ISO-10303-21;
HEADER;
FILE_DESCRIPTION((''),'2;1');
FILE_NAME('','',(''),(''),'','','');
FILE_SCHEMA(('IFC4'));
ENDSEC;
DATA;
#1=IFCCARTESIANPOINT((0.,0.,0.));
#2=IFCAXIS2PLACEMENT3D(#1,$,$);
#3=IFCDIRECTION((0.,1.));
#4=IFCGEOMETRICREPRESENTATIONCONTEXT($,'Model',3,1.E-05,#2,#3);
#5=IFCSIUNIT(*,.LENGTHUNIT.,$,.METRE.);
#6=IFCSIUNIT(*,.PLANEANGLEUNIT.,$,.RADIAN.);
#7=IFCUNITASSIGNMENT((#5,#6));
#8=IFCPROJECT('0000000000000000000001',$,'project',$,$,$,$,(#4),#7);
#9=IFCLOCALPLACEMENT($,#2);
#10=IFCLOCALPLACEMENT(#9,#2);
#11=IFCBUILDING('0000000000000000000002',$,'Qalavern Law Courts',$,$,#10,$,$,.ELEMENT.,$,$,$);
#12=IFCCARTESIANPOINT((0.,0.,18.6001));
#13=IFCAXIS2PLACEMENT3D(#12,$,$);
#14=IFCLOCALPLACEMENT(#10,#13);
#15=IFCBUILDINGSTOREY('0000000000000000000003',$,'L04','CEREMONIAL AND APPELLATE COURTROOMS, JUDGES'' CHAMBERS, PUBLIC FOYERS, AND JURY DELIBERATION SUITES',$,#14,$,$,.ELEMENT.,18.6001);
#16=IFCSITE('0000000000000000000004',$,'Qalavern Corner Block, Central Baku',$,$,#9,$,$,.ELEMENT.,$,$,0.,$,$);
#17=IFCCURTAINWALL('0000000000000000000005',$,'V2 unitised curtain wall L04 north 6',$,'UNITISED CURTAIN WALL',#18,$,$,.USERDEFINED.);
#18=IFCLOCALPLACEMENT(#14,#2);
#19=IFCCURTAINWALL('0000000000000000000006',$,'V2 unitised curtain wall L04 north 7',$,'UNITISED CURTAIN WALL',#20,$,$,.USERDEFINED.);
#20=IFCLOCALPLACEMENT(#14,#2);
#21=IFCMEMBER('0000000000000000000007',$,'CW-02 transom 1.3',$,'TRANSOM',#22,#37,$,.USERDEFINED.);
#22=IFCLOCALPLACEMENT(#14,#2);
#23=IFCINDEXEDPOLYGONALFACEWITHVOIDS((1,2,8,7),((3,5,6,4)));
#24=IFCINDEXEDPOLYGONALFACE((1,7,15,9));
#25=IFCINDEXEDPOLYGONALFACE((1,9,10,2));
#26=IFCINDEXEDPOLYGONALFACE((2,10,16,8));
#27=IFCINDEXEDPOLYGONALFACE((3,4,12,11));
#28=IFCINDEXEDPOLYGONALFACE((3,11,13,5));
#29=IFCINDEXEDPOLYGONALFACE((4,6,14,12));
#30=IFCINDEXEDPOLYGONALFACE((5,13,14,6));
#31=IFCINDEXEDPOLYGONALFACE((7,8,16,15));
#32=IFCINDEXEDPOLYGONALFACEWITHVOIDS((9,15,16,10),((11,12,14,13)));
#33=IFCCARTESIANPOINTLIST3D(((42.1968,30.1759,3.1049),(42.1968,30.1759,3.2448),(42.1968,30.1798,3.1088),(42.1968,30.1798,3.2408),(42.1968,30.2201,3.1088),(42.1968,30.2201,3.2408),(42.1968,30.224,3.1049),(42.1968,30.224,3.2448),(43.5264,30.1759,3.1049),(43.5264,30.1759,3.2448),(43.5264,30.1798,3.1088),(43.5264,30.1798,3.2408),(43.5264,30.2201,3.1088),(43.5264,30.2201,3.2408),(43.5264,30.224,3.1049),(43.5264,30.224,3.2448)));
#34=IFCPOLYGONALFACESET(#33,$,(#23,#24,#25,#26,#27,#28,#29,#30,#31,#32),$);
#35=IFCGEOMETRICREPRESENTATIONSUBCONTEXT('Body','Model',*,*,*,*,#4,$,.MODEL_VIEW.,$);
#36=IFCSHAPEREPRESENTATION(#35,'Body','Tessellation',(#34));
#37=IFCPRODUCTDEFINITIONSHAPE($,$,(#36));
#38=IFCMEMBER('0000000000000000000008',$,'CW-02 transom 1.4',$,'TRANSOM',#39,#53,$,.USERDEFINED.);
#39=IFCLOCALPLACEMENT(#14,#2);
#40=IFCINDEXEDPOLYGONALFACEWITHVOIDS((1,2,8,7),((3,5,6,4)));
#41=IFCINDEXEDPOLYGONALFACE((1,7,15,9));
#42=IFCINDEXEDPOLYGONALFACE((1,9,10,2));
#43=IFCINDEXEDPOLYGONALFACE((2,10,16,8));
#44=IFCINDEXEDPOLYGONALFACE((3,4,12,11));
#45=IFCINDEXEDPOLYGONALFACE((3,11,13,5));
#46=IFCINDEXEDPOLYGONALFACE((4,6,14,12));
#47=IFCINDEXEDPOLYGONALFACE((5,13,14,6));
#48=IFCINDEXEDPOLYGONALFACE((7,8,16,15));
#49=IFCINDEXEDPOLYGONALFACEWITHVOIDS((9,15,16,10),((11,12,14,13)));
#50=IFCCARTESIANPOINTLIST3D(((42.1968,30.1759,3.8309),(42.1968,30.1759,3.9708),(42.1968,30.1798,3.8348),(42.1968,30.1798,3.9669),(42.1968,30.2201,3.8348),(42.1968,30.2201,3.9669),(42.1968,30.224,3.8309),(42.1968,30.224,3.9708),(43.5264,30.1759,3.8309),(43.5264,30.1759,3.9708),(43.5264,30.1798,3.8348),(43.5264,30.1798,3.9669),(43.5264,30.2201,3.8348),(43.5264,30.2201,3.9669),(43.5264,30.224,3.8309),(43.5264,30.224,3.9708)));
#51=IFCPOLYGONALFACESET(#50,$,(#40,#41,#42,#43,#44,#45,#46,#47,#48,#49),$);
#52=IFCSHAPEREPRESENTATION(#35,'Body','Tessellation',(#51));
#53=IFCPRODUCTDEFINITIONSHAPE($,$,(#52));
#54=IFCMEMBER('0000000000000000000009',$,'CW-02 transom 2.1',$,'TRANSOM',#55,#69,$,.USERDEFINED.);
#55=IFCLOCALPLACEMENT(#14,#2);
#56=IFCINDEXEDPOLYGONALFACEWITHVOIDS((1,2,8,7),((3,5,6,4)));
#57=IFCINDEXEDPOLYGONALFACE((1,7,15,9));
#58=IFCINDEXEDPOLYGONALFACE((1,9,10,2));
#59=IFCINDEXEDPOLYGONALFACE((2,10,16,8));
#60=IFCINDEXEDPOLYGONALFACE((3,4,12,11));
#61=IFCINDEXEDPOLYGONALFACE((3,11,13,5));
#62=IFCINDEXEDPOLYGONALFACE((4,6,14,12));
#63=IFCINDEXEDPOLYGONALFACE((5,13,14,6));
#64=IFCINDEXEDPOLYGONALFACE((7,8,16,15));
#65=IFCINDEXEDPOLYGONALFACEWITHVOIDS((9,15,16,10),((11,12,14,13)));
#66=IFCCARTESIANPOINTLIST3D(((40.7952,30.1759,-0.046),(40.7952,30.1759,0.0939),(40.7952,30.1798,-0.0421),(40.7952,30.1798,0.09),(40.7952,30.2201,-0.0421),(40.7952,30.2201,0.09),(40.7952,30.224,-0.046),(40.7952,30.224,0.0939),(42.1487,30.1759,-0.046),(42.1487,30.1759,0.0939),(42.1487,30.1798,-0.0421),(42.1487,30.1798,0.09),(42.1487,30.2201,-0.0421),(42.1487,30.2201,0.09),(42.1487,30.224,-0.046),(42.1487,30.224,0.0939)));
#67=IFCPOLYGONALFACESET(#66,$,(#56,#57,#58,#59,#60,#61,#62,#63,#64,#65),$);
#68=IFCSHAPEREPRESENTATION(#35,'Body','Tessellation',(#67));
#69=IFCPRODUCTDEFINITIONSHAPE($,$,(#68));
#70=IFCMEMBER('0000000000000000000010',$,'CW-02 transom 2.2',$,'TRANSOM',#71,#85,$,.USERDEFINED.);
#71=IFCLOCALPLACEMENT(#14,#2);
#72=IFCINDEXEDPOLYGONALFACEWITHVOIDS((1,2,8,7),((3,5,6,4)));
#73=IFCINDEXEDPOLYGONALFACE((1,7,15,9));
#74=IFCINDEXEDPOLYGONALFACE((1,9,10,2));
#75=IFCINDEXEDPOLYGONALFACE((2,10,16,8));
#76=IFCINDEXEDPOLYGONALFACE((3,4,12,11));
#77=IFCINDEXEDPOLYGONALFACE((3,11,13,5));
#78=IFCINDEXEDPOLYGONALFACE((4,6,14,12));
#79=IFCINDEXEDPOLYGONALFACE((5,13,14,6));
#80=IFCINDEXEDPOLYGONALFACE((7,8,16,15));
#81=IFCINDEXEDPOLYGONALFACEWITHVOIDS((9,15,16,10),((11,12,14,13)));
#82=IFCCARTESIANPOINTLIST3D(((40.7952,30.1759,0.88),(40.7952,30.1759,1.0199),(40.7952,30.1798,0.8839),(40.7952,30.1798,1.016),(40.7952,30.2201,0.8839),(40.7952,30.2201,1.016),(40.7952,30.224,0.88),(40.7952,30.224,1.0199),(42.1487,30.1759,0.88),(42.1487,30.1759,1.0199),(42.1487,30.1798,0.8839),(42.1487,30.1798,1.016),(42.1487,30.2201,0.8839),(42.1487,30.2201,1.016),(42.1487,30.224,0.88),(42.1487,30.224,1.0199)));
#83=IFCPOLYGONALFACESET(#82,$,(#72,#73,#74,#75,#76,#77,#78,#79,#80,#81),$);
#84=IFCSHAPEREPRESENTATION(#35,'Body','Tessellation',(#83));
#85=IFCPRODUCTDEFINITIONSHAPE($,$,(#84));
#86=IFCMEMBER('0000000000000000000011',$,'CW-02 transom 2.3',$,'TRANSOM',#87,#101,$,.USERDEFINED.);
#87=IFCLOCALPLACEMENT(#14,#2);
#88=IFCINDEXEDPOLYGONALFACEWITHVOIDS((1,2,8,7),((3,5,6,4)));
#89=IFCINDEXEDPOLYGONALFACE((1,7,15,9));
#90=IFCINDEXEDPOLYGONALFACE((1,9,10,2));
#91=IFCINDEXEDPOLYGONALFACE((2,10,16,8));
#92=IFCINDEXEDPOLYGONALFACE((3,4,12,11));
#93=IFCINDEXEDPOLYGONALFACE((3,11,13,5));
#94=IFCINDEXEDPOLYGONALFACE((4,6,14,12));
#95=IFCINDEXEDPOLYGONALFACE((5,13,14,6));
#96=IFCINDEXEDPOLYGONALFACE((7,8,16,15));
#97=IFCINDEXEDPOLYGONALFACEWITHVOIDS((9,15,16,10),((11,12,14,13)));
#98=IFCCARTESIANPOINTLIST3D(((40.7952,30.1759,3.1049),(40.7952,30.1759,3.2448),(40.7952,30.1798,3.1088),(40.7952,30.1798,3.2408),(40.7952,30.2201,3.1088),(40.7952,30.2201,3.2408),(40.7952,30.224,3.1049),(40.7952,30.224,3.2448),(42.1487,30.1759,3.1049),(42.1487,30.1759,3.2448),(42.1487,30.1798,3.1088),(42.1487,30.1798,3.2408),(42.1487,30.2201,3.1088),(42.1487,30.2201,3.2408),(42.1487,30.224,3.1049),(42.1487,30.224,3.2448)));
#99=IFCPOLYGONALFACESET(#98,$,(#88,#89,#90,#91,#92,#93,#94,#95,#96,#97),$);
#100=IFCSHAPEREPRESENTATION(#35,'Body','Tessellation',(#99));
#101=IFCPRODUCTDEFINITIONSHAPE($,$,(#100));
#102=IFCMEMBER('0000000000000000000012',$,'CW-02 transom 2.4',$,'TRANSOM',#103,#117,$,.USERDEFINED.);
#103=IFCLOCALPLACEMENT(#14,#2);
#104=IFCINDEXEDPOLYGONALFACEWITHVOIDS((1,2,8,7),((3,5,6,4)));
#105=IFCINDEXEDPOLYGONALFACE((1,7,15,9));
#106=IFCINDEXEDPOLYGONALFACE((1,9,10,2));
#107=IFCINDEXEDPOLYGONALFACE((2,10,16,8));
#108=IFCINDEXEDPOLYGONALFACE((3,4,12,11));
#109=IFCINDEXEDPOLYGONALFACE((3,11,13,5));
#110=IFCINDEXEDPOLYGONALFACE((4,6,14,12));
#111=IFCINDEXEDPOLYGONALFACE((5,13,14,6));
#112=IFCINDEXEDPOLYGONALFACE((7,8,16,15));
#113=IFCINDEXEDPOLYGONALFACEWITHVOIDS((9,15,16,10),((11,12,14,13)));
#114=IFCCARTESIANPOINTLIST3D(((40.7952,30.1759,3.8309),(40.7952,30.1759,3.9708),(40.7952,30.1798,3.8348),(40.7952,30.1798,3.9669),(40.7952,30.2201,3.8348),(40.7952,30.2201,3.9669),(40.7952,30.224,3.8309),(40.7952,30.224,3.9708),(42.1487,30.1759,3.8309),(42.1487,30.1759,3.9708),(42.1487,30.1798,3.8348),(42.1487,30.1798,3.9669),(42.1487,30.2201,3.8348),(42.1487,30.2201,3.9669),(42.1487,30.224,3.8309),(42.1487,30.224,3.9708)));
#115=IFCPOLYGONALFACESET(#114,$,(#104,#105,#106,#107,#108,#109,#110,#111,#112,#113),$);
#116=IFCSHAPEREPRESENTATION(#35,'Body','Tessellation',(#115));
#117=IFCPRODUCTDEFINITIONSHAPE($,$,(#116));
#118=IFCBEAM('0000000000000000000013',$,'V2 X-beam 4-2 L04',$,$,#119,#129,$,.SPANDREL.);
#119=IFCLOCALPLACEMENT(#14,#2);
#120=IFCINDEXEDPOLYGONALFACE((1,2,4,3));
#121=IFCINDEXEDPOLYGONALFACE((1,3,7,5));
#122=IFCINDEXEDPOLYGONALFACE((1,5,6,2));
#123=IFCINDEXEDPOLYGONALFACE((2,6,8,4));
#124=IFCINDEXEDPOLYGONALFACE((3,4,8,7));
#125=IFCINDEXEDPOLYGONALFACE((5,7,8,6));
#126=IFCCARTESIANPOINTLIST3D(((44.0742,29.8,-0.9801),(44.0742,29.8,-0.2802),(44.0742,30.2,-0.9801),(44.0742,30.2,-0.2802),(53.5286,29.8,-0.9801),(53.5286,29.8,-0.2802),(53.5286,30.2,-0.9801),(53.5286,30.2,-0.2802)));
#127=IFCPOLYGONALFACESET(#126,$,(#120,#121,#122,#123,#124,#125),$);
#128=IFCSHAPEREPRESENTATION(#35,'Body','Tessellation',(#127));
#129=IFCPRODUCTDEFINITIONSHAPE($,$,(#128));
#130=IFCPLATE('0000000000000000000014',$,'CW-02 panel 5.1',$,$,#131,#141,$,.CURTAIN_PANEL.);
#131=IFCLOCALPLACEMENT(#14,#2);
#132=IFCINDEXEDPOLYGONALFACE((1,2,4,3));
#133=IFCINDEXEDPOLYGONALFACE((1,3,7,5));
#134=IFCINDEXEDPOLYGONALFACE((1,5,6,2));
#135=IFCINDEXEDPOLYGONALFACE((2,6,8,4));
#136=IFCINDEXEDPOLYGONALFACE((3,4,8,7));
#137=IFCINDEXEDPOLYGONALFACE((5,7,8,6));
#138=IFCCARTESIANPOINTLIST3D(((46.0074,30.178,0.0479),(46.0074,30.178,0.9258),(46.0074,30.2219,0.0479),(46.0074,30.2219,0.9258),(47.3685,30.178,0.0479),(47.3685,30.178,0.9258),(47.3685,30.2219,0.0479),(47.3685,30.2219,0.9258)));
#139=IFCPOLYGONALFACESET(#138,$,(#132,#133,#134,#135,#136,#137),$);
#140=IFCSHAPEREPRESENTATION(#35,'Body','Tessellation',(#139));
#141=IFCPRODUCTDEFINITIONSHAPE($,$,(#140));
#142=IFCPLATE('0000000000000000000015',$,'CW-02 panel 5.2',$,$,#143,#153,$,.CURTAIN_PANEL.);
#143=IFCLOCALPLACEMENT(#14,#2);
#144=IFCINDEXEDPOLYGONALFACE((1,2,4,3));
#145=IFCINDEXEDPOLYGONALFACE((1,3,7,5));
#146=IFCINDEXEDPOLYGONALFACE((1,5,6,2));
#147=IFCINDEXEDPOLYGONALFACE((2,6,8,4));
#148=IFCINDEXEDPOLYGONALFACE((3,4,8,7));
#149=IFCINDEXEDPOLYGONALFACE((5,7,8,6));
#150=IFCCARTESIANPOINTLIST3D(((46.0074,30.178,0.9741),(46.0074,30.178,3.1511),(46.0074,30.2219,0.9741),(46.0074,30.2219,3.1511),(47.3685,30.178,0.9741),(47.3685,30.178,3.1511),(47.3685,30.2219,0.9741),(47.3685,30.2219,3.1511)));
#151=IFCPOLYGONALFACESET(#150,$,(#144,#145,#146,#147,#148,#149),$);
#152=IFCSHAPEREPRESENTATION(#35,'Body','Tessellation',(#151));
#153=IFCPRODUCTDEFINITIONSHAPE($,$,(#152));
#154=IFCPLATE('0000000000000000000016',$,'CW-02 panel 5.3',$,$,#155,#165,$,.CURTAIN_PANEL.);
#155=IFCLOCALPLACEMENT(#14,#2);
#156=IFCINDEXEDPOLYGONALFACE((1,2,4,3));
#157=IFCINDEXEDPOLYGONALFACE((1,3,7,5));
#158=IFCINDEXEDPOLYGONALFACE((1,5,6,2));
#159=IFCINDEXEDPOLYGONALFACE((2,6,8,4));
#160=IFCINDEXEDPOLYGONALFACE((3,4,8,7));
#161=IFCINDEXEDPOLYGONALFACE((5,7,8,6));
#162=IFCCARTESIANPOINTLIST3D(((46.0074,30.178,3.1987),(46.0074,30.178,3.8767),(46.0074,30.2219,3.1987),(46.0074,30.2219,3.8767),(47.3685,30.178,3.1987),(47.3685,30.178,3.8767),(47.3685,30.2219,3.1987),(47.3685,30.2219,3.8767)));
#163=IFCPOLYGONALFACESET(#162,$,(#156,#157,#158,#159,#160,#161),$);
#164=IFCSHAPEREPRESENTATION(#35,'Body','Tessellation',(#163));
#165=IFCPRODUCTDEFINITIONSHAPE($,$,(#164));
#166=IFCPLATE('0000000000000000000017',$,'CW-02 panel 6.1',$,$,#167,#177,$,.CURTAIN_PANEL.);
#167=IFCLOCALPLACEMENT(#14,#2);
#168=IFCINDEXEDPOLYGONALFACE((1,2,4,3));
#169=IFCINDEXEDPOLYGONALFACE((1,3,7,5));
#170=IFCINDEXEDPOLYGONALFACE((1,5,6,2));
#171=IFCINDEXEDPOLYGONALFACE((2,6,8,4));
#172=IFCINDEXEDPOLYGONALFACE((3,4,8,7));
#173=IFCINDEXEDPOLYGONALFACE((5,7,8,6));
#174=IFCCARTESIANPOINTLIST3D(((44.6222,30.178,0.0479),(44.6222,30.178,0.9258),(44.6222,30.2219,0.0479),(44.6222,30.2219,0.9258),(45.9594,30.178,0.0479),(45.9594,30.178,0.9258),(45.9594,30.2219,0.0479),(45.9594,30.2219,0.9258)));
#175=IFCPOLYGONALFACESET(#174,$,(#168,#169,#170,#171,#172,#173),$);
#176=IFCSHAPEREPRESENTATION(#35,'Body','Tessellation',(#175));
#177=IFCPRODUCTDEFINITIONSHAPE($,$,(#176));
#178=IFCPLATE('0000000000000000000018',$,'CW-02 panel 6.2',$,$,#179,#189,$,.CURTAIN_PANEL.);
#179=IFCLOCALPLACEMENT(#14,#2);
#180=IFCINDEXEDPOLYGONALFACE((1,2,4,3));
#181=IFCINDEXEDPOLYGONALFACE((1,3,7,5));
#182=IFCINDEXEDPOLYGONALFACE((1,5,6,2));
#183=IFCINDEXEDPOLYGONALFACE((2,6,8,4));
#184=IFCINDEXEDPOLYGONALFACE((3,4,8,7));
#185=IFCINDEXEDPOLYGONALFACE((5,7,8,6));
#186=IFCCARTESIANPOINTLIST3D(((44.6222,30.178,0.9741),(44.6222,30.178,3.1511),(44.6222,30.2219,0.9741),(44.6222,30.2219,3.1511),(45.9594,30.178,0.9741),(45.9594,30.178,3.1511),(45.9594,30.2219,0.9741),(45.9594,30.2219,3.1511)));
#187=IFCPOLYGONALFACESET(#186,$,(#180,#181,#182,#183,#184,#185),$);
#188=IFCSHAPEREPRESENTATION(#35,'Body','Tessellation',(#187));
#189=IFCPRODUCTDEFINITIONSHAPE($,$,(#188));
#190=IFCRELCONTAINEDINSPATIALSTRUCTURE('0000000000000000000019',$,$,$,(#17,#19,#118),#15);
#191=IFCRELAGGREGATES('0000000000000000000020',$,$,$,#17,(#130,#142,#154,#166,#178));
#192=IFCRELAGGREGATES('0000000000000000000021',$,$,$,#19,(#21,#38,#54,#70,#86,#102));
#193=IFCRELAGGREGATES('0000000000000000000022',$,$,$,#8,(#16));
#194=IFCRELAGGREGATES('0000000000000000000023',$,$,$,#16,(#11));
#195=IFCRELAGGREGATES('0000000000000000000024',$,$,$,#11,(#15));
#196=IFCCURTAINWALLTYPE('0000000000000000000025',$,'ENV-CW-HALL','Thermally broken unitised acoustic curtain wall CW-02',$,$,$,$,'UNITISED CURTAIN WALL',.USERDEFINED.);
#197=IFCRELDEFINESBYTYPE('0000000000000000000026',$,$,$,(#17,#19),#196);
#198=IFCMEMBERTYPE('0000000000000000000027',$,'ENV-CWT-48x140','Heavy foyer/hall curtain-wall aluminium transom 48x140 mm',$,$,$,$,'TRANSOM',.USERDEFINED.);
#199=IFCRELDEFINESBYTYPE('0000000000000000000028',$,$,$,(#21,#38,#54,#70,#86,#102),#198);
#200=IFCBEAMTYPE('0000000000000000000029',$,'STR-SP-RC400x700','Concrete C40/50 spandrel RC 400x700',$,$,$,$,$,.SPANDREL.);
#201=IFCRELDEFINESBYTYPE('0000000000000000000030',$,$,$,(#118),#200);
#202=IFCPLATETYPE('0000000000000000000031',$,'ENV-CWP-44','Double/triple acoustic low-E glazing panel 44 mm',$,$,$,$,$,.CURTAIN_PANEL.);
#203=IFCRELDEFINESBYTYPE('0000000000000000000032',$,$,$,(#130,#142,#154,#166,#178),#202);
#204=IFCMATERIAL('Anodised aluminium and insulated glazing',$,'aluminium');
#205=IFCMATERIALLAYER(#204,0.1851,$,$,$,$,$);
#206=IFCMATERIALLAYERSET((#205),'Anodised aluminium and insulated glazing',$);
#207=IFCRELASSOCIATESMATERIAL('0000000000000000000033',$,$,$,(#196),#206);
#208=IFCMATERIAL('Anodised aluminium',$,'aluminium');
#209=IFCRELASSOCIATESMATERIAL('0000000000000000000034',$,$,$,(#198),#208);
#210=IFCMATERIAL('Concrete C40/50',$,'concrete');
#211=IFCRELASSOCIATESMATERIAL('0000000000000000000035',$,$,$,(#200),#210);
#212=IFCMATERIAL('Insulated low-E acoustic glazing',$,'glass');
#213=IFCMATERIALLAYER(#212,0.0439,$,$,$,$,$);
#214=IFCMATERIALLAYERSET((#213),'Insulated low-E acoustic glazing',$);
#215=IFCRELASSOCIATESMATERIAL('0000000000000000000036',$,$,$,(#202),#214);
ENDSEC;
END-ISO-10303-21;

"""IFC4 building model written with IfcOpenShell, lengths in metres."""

from ifc_helpers import new_model, si_unit, direction, frame, origin, origin_2d, place, context, subcontext, project, spatial, rectangle, hollow_rectangle, extrude, material, layer, layer_set, material_profile, profile_set, type_object, element, aggregate, save


model = new_model("IFC4")

# Units and contexts
model_context = context("Model", 3, precision=1e-05, world=origin(), true_north=direction((0.0, 1.0)))
body_context = subcontext(model_context, "Body", "Model", "MODEL_VIEW")
ifc_project = project(units=[si_unit("LENGTHUNIT", "METRE"), si_unit("PLANEANGLEUNIT", "RADIAN")], contexts=[model_context])

# Site, building, storey
site_placement = place(None, origin())
site = spatial("IfcSite", under=ifc_project, at=site_placement, Name="Qalavern Corner Block, Central Baku", CompositionType="ELEMENT", RefElevation=0.0)
building_placement = place(site_placement, origin())
building = spatial("IfcBuilding", under=site, at=building_placement, Name="Qalavern Law Courts", CompositionType="ELEMENT")
storey_placement = place(building_placement, frame((0.0, 0.0, 18.6001)))
storey = spatial("IfcBuildingStorey", under=building, at=storey_placement, Name="L04", Description="CEREMONIAL AND APPELLATE COURTROOMS, JUDGES' CHAMBERS, PUBLIC FOYERS, AND JURY DELIBERATION SUITES", CompositionType="ELEMENT", Elevation=18.6001)

# Curtain walls
ifc_material_1 = material(Name="Anodised aluminium and insulated glazing", Category="aluminium")
ifc_layer_1 = layer(ifc_material_1, 0.1851)
ifc_layer_set_1 = layer_set([ifc_layer_1], Name="Anodised aluminium and insulated glazing")
curtain_wall_type = type_object("IfcCurtainWallType", Name="ENV-CW-HALL", Description="Thermally broken unitised acoustic curtain wall CW-02", ElementType="UNITISED CURTAIN WALL", PredefinedType="USERDEFINED", material=ifc_layer_set_1)
curtain_wall_1_placement = place(storey_placement, origin())
curtain_wall_1 = element("IfcCurtainWall", 1, at=curtain_wall_1_placement, inside=storey, type_object=curtain_wall_type, Name="V2 unitised curtain wall L04 north 6", ObjectType="UNITISED CURTAIN WALL", PredefinedType="USERDEFINED")
ifc_material_2 = material(Name="Anodised aluminium", Category="aluminium")
curtain_wall_2_placement = place(storey_placement, origin())
curtain_wall_2 = element("IfcCurtainWall", 2, at=curtain_wall_2_placement, inside=storey, type_object=curtain_wall_type, Name="V2 unitised curtain wall L04 north 7", ObjectType="UNITISED CURTAIN WALL", PredefinedType="USERDEFINED")

# Members
ifc_material_profile_1 = material_profile(ifc_material_2, hollow_rectangle(XDim=0.0481, YDim=0.1399, WallThickness=0.0039, at=origin_2d()), Name="ALU TRANSOM 48x140")
ifc_profile_set_1 = profile_set([ifc_material_profile_1], Name="Anodised aluminium")
member_type_1 = type_object("IfcMemberType", Name="ENV-CWT-48x140", Description="Heavy foyer/hall curtain-wall aluminium transom 48x140 mm", ElementType="TRANSOM", PredefinedType="USERDEFINED", material=ifc_profile_set_1)
member_1_placement = place(storey_placement, frame((43.5264, 30.2, 3.1748), z_axis=(-1.0, 0.0, 0.0), x_axis=(0.0, -1.0, 0.0)))
member_1 = element("IfcMember", 3, at=member_1_placement, type_object=member_type_1, Name="CW-02 transom 1.3", ObjectType="TRANSOM", PredefinedType="USERDEFINED", context=body_context, shape_type="SweptSolid", body=[
    extrude(hollow_rectangle(XDim=0.0481, YDim=0.1399, WallThickness=0.0039, at=origin_2d()), origin(), (0.0, 0.0, 1.0), 1.3296),
])
member_2_placement = place(storey_placement, frame((43.5264, 30.2, 3.9009), z_axis=(-1.0, 0.0, 0.0), x_axis=(0.0, -1.0, 0.0)))
member_2 = element("IfcMember", 4, at=member_2_placement, type_object=member_type_1, Name="CW-02 transom 1.4", ObjectType="TRANSOM", PredefinedType="USERDEFINED", context=body_context, shape_type="SweptSolid", body=[
    extrude(hollow_rectangle(XDim=0.0481, YDim=0.1399, WallThickness=0.0039, at=origin_2d()), origin(), (0.0, 0.0, 1.0), 1.3296),
])
member_3_placement = place(storey_placement, frame((42.1487, 30.2, 0.0239), z_axis=(-1.0, 0.0, 0.0), x_axis=(0.0, -1.0, 0.0)))
member_3 = element("IfcMember", 5, at=member_3_placement, type_object=member_type_1, Name="CW-02 transom 2.1", ObjectType="TRANSOM", PredefinedType="USERDEFINED", context=body_context, shape_type="SweptSolid", body=[
    extrude(hollow_rectangle(XDim=0.0481, YDim=0.1399, WallThickness=0.0039, at=origin_2d()), origin(), (0.0, 0.0, 1.0), 1.3535),
])
member_4_placement = place(storey_placement, frame((42.1487, 30.2, 0.95), z_axis=(-1.0, 0.0, 0.0), x_axis=(0.0, -1.0, 0.0)))
member_4 = element("IfcMember", 6, at=member_4_placement, type_object=member_type_1, Name="CW-02 transom 2.2", ObjectType="TRANSOM", PredefinedType="USERDEFINED", context=body_context, shape_type="SweptSolid", body=[
    extrude(hollow_rectangle(XDim=0.0481, YDim=0.1399, WallThickness=0.0039, at=origin_2d()), origin(), (0.0, 0.0, 1.0), 1.3535),
])
member_5_placement = place(storey_placement, frame((42.1487, 30.2, 3.1748), z_axis=(-1.0, 0.0, 0.0), x_axis=(0.0, -1.0, 0.0)))
member_5 = element("IfcMember", 7, at=member_5_placement, type_object=member_type_1, Name="CW-02 transom 2.3", ObjectType="TRANSOM", PredefinedType="USERDEFINED", context=body_context, shape_type="SweptSolid", body=[
    extrude(hollow_rectangle(XDim=0.0481, YDim=0.1399, WallThickness=0.0039, at=origin_2d()), origin(), (0.0, 0.0, 1.0), 1.3535),
])
member_6_placement = place(storey_placement, frame((42.1487, 30.2, 3.9009), z_axis=(-1.0, 0.0, 0.0), x_axis=(0.0, -1.0, 0.0)))
member_6 = element("IfcMember", 8, at=member_6_placement, type_object=member_type_1, Name="CW-02 transom 2.4", ObjectType="TRANSOM", PredefinedType="USERDEFINED", context=body_context, shape_type="SweptSolid", body=[
    extrude(hollow_rectangle(XDim=0.0481, YDim=0.1399, WallThickness=0.0039, at=origin_2d()), origin(), (0.0, 0.0, 1.0), 1.3535),
])

# Beam
ifc_material_3 = material(Name="Concrete C40/50", Category="concrete")
ifc_material_profile_2 = material_profile(ifc_material_3, rectangle(XDim=0.3999, YDim=0.7, at=origin_2d()), Name="RC 400x700")
ifc_profile_set_2 = profile_set([ifc_material_profile_2], Name="Concrete C40/50")
beam_type = type_object("IfcBeamType", Name="STR-SP-RC400x700", Description="Concrete C40/50 spandrel RC 400x700", PredefinedType="SPANDREL", material=ifc_profile_set_2)
beam_placement = place(storey_placement, frame((44.0742, 30.0, -0.6301), z_axis=(1.0, 0.0, 0.0), x_axis=(0.0, 1.0, 0.0)))
element("IfcBeam", 9, at=beam_placement, inside=storey, type_object=beam_type, Name="V2 X-beam 4-2 L04", PredefinedType="SPANDREL", context=body_context, shape_type="SweptSolid", body=[
    extrude(rectangle(XDim=0.3999, YDim=0.7, at=origin_2d()), origin(), (0.0, 0.0, 1.0), 9.4543),
])

# Plates
ifc_material_4 = material(Name="Insulated low-E acoustic glazing", Category="glass")
ifc_layer_2 = layer(ifc_material_4, 0.0439)
ifc_layer_set_2 = layer_set([ifc_layer_2], Name="Insulated low-E acoustic glazing")
plate_type_1 = type_object("IfcPlateType", Name="ENV-CWP-44", Description="Double/triple acoustic low-E glazing panel 44 mm", PredefinedType="CURTAIN_PANEL", material=ifc_layer_set_2)
plate_1_placement = place(storey_placement, frame((46.688, 30.2, 0.0479), z_axis=(0.0, 0.0, 1.0), x_axis=(-1.0, 0.0, 0.0)))
plate_1 = element("IfcPlate", 10, at=plate_1_placement, type_object=plate_type_1, Name="CW-02 panel 5.1", PredefinedType="CURTAIN_PANEL", context=body_context, shape_type="SweptSolid", body=[
    extrude(rectangle(XDim=1.3611, YDim=0.0439, at=origin_2d()), origin(), (0.0, 0.0, 1.0), 0.8779),
])
plate_2_placement = place(storey_placement, frame((46.688, 30.2, 0.9741), z_axis=(0.0, 0.0, 1.0), x_axis=(-1.0, 0.0, 0.0)))
plate_2 = element("IfcPlate", 11, at=plate_2_placement, type_object=plate_type_1, Name="CW-02 panel 5.2", PredefinedType="CURTAIN_PANEL", context=body_context, shape_type="SweptSolid", body=[
    extrude(rectangle(XDim=1.3611, YDim=0.0439, at=origin_2d()), origin(), (0.0, 0.0, 1.0), 2.177),
])
plate_3_placement = place(storey_placement, frame((46.688, 30.2, 3.1987), z_axis=(0.0, 0.0, 1.0), x_axis=(-1.0, 0.0, 0.0)))
plate_3 = element("IfcPlate", 12, at=plate_3_placement, type_object=plate_type_1, Name="CW-02 panel 5.3", PredefinedType="CURTAIN_PANEL", context=body_context, shape_type="SweptSolid", body=[
    extrude(rectangle(XDim=1.3611, YDim=0.0439, at=origin_2d()), origin(), (0.0, 0.0, 1.0), 0.678),
])
plate_4_placement = place(storey_placement, frame((45.2908, 30.2, 0.0479), z_axis=(0.0, 0.0, 1.0), x_axis=(-1.0, 0.0, 0.0)))
plate_4 = element("IfcPlate", 13, at=plate_4_placement, type_object=plate_type_1, Name="CW-02 panel 6.1", PredefinedType="CURTAIN_PANEL", context=body_context, shape_type="SweptSolid", body=[
    extrude(rectangle(XDim=1.3372, YDim=0.0439, at=origin_2d()), origin(), (0.0, 0.0, 1.0), 0.8779),
])
plate_5_placement = place(storey_placement, frame((45.2908, 30.2, 0.9741), z_axis=(0.0, 0.0, 1.0), x_axis=(-1.0, 0.0, 0.0)))
plate_5 = element("IfcPlate", 14, at=plate_5_placement, type_object=plate_type_1, Name="CW-02 panel 6.2", PredefinedType="CURTAIN_PANEL", context=body_context, shape_type="SweptSolid", body=[
    extrude(rectangle(XDim=1.3372, YDim=0.0439, at=origin_2d()), origin(), (0.0, 0.0, 1.0), 2.177),
])
aggregate(curtain_wall_1, [plate_1, plate_2, plate_3, plate_4, plate_5])
aggregate(curtain_wall_2, [member_1, member_2, member_3, member_4, member_5, member_6])

save(model, "model.ifc")
